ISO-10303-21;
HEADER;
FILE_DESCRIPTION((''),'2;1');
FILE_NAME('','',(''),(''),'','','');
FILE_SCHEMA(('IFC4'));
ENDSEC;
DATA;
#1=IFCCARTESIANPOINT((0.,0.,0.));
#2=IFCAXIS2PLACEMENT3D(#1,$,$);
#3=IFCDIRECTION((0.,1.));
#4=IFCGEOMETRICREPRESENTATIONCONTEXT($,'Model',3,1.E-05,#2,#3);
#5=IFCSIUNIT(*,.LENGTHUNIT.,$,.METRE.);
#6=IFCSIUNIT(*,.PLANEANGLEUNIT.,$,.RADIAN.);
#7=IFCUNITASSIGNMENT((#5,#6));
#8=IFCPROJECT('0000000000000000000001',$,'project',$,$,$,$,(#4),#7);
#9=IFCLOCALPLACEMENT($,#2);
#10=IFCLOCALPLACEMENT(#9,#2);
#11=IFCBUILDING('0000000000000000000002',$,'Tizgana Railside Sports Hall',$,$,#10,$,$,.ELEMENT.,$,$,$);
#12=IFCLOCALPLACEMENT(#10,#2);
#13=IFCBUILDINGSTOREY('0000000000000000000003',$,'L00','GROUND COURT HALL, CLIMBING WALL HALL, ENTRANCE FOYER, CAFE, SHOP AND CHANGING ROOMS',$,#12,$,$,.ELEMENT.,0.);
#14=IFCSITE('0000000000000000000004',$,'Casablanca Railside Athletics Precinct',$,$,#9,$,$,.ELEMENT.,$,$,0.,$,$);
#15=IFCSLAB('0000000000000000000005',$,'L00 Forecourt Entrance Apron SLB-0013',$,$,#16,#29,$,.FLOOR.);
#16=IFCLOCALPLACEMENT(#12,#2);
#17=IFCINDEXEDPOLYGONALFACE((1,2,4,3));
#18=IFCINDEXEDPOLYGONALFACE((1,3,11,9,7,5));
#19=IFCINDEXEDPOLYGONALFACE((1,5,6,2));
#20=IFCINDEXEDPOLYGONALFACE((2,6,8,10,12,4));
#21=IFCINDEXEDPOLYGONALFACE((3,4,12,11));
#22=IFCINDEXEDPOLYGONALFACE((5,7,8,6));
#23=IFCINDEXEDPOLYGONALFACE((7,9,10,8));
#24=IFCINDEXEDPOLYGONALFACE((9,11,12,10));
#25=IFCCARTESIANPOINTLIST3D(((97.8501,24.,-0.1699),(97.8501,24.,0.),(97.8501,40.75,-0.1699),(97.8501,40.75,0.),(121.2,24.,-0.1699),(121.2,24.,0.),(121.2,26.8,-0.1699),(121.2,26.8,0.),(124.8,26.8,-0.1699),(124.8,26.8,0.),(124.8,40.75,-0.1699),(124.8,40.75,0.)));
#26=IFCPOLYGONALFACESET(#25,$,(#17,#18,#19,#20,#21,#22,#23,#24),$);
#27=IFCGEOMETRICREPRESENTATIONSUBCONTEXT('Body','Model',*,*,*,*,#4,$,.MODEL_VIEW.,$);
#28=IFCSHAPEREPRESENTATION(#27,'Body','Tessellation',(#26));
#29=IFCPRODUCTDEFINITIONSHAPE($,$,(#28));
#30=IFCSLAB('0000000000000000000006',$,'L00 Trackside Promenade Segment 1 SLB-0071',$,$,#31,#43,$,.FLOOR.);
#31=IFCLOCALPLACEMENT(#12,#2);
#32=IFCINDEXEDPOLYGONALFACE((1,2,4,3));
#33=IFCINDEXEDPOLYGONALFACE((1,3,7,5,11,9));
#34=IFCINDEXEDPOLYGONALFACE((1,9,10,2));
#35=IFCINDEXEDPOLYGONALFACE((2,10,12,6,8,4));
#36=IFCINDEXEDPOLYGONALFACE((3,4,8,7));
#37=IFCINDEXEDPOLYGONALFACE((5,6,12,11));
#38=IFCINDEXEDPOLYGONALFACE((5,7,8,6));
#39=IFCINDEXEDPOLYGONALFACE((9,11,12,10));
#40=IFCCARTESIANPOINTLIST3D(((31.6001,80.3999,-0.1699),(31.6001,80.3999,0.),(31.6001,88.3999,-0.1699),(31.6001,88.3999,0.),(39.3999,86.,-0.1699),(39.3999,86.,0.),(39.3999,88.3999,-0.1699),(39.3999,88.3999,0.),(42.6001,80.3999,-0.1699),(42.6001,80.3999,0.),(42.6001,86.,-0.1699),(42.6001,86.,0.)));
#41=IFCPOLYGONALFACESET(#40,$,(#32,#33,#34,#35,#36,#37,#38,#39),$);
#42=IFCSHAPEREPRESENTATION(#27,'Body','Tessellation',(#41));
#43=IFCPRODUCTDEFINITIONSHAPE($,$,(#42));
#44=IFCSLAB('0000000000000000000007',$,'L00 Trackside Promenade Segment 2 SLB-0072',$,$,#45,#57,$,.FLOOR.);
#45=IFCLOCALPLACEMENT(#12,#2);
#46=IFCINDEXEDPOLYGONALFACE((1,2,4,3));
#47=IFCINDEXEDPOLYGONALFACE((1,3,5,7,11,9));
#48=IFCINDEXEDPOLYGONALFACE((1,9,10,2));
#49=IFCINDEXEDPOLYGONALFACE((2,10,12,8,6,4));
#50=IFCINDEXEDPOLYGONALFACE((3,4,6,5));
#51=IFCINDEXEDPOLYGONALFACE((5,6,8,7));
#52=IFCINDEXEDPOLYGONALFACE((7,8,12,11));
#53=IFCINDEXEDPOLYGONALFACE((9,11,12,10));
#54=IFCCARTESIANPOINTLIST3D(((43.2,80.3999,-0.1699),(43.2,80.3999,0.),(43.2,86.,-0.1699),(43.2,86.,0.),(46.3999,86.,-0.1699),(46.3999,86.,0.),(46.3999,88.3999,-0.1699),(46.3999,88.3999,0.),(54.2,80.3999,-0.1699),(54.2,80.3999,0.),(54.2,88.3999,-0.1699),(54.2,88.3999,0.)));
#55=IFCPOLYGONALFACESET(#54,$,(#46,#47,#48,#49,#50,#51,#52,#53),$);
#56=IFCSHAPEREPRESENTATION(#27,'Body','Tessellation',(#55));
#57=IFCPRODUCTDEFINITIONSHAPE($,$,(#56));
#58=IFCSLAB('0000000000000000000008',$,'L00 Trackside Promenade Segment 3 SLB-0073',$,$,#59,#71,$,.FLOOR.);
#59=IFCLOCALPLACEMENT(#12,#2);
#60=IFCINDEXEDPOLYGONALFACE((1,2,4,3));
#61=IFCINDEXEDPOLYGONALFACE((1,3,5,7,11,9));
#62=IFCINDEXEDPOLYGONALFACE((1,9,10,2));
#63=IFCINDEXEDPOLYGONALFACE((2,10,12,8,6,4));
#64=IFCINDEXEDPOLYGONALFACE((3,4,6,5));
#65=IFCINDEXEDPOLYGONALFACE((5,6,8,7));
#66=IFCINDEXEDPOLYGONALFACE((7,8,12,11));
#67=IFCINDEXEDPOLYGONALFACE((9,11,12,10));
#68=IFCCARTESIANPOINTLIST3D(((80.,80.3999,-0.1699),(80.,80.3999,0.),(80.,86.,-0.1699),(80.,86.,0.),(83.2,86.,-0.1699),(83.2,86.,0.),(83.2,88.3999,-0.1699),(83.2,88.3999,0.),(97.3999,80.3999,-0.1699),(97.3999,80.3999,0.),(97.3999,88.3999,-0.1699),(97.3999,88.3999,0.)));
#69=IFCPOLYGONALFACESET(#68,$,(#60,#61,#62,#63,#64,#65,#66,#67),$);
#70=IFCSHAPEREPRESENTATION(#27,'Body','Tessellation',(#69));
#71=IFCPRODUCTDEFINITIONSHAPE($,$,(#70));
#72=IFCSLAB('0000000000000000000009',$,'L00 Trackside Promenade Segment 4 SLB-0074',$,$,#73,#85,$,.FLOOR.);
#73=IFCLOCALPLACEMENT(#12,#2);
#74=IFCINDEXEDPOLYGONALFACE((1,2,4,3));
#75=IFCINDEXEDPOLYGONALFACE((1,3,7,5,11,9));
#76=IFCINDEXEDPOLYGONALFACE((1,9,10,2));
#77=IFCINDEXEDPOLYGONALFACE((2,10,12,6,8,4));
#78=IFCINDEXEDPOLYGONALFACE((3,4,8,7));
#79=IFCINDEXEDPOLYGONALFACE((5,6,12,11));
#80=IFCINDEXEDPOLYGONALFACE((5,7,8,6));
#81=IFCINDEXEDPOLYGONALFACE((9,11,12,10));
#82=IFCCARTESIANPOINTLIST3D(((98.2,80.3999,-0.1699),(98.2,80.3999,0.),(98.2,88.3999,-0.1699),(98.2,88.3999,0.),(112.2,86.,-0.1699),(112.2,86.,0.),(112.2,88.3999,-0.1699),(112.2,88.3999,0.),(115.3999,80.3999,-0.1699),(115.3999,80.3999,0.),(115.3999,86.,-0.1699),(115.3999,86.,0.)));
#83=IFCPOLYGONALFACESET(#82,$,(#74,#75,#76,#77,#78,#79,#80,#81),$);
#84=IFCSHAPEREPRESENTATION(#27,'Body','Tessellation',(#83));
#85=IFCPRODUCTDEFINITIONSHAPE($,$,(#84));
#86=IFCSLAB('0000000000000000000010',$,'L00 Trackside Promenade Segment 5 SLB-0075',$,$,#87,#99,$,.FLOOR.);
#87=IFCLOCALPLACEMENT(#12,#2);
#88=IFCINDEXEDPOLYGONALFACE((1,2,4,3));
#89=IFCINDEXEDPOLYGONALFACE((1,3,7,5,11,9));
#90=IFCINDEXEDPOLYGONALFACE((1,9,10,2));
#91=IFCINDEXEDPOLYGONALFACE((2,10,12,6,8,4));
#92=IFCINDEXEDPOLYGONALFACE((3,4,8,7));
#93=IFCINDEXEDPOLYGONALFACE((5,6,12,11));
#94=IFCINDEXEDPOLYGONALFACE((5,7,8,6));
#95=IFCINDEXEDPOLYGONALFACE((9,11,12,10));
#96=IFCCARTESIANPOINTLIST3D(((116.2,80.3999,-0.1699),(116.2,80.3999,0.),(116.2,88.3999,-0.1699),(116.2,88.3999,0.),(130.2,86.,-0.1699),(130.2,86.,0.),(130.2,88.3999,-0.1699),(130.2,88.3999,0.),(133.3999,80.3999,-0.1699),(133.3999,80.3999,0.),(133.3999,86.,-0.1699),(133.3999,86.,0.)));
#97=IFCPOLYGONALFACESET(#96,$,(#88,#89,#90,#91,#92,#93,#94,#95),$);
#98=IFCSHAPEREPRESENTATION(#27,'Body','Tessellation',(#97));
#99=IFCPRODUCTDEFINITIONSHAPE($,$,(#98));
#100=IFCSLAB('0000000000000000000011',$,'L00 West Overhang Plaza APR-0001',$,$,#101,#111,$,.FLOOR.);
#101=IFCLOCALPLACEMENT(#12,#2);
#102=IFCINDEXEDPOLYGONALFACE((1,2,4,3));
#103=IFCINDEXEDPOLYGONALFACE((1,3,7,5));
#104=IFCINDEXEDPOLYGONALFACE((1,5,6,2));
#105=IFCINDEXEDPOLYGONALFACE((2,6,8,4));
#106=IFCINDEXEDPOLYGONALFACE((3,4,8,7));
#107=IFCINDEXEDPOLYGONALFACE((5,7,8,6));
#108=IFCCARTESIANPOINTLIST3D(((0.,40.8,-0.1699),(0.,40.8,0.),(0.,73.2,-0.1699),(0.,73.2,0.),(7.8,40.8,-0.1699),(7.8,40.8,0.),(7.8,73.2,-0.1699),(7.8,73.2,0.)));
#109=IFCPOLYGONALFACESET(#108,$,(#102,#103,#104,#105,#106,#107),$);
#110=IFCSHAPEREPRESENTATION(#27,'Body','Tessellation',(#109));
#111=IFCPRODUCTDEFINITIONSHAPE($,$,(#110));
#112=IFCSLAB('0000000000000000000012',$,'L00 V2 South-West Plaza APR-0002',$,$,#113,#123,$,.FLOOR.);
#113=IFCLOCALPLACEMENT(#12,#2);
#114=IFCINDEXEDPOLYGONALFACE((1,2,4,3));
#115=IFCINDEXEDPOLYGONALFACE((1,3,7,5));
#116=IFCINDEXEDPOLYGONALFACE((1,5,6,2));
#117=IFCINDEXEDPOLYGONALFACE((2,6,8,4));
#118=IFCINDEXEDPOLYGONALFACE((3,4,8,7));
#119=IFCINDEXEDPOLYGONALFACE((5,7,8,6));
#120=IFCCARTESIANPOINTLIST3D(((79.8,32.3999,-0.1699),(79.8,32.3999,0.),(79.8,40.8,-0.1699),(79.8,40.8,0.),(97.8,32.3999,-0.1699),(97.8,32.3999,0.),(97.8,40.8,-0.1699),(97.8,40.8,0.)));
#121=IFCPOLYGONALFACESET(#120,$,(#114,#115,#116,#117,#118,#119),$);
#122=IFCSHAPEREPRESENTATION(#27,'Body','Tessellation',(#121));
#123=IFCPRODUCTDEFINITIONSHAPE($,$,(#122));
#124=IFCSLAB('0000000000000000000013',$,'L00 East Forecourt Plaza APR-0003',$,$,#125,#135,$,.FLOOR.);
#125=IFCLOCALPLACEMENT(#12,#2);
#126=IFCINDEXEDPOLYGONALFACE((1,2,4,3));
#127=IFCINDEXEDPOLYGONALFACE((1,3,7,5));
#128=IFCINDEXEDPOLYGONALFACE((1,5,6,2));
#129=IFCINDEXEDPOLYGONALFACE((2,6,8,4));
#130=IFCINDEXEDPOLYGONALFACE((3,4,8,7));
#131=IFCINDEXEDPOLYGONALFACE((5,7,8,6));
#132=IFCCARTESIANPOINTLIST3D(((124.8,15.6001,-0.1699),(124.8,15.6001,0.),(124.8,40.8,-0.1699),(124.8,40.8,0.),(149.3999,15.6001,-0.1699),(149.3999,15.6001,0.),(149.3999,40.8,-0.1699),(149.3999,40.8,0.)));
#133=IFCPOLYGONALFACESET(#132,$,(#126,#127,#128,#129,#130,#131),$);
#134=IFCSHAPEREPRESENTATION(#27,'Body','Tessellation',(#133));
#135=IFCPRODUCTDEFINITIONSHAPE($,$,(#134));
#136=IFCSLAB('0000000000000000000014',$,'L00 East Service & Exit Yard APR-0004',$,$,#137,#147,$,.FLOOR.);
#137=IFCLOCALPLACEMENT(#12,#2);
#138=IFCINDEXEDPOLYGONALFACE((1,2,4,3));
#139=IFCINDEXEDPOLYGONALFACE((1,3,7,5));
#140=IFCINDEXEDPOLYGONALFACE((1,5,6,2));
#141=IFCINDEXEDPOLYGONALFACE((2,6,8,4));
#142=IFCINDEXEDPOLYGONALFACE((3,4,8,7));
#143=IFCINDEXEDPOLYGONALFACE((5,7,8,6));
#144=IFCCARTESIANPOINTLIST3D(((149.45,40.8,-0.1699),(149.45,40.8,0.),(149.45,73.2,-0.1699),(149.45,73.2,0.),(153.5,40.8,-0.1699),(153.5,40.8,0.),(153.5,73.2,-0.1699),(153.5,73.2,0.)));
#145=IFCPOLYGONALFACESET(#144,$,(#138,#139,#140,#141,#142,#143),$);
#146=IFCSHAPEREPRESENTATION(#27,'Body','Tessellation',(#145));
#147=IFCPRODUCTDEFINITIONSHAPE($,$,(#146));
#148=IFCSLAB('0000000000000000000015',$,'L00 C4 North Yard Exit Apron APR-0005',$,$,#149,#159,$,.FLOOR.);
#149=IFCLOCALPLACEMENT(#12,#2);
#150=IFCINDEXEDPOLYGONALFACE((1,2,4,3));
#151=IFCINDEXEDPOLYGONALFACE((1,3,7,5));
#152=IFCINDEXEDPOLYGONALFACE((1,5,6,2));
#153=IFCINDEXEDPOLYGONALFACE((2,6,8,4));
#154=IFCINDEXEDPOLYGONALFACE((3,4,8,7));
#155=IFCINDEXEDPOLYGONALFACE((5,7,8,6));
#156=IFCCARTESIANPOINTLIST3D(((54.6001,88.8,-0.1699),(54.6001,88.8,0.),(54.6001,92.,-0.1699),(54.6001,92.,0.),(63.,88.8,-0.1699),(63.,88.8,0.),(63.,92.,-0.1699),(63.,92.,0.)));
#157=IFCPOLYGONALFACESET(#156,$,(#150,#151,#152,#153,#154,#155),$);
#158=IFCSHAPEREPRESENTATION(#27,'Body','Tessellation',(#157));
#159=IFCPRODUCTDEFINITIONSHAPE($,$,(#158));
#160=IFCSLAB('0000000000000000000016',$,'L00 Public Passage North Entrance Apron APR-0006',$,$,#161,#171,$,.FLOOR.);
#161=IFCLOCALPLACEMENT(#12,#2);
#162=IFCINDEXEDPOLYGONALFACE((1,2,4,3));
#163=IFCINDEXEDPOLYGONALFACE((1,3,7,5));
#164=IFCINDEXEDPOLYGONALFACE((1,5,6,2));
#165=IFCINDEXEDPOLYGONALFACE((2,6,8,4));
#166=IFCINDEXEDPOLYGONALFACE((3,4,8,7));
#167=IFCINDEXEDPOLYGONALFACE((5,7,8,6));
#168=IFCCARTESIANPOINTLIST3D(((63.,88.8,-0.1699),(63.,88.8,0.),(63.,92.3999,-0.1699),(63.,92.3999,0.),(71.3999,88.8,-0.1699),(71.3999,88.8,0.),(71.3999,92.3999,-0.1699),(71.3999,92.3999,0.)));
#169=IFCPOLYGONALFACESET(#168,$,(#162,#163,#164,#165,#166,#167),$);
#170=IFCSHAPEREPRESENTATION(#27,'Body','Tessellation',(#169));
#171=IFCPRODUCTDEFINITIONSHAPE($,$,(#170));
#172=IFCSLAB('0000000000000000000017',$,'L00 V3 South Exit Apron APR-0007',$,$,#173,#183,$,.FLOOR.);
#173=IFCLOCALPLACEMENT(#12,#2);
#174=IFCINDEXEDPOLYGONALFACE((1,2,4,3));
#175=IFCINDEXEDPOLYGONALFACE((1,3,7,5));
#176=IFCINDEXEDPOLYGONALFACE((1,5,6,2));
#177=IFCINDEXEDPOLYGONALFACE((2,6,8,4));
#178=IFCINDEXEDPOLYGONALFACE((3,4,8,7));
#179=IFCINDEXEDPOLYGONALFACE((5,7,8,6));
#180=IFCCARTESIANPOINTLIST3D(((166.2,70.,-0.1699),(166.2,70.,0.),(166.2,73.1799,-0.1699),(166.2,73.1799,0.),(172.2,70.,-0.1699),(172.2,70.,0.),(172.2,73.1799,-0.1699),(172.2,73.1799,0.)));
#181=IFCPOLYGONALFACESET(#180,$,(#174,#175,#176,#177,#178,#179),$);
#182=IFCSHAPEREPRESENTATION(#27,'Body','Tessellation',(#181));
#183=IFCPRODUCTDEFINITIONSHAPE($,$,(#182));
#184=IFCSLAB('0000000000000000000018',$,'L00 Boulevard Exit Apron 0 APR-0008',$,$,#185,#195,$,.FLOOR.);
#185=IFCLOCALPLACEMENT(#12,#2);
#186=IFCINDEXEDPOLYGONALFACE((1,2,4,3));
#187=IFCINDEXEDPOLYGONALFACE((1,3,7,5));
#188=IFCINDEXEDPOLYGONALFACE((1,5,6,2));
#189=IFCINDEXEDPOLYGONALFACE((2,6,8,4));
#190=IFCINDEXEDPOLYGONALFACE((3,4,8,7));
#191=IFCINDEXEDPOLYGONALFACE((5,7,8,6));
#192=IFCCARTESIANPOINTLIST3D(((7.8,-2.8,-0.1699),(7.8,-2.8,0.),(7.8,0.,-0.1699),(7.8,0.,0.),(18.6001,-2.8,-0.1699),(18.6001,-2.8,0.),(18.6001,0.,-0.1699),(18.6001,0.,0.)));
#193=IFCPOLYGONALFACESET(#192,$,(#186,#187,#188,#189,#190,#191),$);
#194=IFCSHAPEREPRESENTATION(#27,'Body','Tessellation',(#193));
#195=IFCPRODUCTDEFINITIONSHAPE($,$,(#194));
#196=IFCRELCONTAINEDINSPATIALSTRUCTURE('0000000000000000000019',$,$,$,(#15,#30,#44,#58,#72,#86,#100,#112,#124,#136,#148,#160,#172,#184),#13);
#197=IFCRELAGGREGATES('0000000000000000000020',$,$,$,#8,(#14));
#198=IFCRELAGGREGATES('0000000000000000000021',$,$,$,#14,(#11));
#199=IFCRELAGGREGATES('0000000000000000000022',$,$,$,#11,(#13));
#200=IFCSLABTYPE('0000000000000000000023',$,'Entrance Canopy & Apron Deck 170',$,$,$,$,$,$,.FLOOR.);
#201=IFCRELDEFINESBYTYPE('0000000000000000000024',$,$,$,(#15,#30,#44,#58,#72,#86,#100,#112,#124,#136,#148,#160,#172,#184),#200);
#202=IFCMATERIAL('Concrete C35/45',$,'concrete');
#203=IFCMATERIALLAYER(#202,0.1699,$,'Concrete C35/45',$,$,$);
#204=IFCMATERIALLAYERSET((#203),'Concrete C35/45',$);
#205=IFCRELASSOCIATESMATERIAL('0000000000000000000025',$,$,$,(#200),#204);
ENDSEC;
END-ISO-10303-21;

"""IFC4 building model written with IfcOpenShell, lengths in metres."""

from ifc_helpers import new_model, si_unit, direction, frame, origin, place, context, subcontext, project, spatial, polyline, outline, extrude, material, layer, layer_set, type_object, element, save


model = new_model("IFC4")

# Units and contexts
model_context = context("Model", 3, precision=1e-05, world=origin(), true_north=direction((0.0, 1.0)))
body_context = subcontext(model_context, "Body", "Model", "MODEL_VIEW")
ifc_project = project(units=[si_unit("LENGTHUNIT", "METRE"), si_unit("PLANEANGLEUNIT", "RADIAN")], contexts=[model_context])

# Site, building, storey
site_placement = place(None, origin())
site = spatial("IfcSite", under=ifc_project, at=site_placement, Name="Casablanca Railside Athletics Precinct", CompositionType="ELEMENT", RefElevation=0.0)
building_placement = place(site_placement, origin())
building = spatial("IfcBuilding", under=site, at=building_placement, Name="Tizgana Railside Sports Hall", CompositionType="ELEMENT")
storey_placement = place(building_placement, origin())
storey = spatial("IfcBuildingStorey", under=building, at=storey_placement, Name="L00", Description="GROUND COURT HALL, CLIMBING WALL HALL, ENTRANCE FOYER, CAFE, SHOP AND CHANGING ROOMS", CompositionType="ELEMENT", Elevation=0.0)

# Slabs
ifc_material = material(Name="Concrete C35/45", Category="concrete")
ifc_layer_1 = layer(ifc_material, 0.1699, Name="Concrete C35/45")
ifc_layer_set_1 = layer_set([ifc_layer_1], Name="Concrete C35/45")
slab_type_1 = type_object("IfcSlabType", Name="Entrance Canopy & Apron Deck 170", PredefinedType="FLOOR", material=ifc_layer_set_1)
slab_1_placement = place(storey_placement, frame((0.0, 0.0, -0.1699)))
element("IfcSlab", 1, at=slab_1_placement, inside=storey, type_object=slab_type_1, Name="L00 Forecourt Entrance Apron SLB-0013", PredefinedType="FLOOR", context=body_context, shape_type="SweptSolid", body=[
    extrude(outline(polyline([(97.8501, 24.0), (121.2, 24.0), (121.2, 26.8), (124.8, 26.8), (124.8, 40.75), (97.8501, 40.75), (97.8501, 24.0)])), origin(), (0.0, 0.0, 1.0), 0.1699),
])
slab_2_placement = place(storey_placement, frame((0.0, 0.0, -0.1699)))
element("IfcSlab", 2, at=slab_2_placement, inside=storey, type_object=slab_type_1, Name="L00 Trackside Promenade Segment 1 SLB-0071", PredefinedType="FLOOR", context=body_context, shape_type="SweptSolid", body=[
    extrude(outline(polyline([(31.6001, 80.3999), (42.6001, 80.3999), (42.6001, 86.0), (39.3999, 86.0), (39.3999, 88.3999), (31.6001, 88.3999), (31.6001, 80.3999)])), origin(), (0.0, 0.0, 1.0), 0.1699),
])
slab_3_placement = place(storey_placement, frame((0.0, 0.0, -0.1699)))
element("IfcSlab", 3, at=slab_3_placement, inside=storey, type_object=slab_type_1, Name="L00 Trackside Promenade Segment 2 SLB-0072", PredefinedType="FLOOR", context=body_context, shape_type="SweptSolid", body=[
    extrude(outline(polyline([(43.2, 80.3999), (54.2, 80.3999), (54.2, 88.3999), (46.3999, 88.3999), (46.3999, 86.0), (43.2, 86.0), (43.2, 80.3999)])), origin(), (0.0, 0.0, 1.0), 0.1699),
])
slab_4_placement = place(storey_placement, frame((0.0, 0.0, -0.1699)))
element("IfcSlab", 4, at=slab_4_placement, inside=storey, type_object=slab_type_1, Name="L00 Trackside Promenade Segment 3 SLB-0073", PredefinedType="FLOOR", context=body_context, shape_type="SweptSolid", body=[
    extrude(outline(polyline([(80.0, 80.3999), (97.3999, 80.3999), (97.3999, 88.3999), (83.2, 88.3999), (83.2, 86.0), (80.0, 86.0), (80.0, 80.3999)])), origin(), (0.0, 0.0, 1.0), 0.1699),
])
slab_5_placement = place(storey_placement, frame((0.0, 0.0, -0.1699)))
element("IfcSlab", 5, at=slab_5_placement, inside=storey, type_object=slab_type_1, Name="L00 Trackside Promenade Segment 4 SLB-0074", PredefinedType="FLOOR", context=body_context, shape_type="SweptSolid", body=[
    extrude(outline(polyline([(98.2, 80.3999), (115.3999, 80.3999), (115.3999, 86.0), (112.2, 86.0), (112.2, 88.3999), (98.2, 88.3999), (98.2, 80.3999)])), origin(), (0.0, 0.0, 1.0), 0.1699),
])
slab_6_placement = place(storey_placement, frame((0.0, 0.0, -0.1699)))
element("IfcSlab", 6, at=slab_6_placement, inside=storey, type_object=slab_type_1, Name="L00 Trackside Promenade Segment 5 SLB-0075", PredefinedType="FLOOR", context=body_context, shape_type="SweptSolid", body=[
    extrude(outline(polyline([(116.2, 80.3999), (133.3999, 80.3999), (133.3999, 86.0), (130.2, 86.0), (130.2, 88.3999), (116.2, 88.3999), (116.2, 80.3999)])), origin(), (0.0, 0.0, 1.0), 0.1699),
])
slab_7_placement = place(storey_placement, frame((0.0, 0.0, -0.1699)))
element("IfcSlab", 7, at=slab_7_placement, inside=storey, type_object=slab_type_1, Name="L00 West Overhang Plaza APR-0001", PredefinedType="FLOOR", context=body_context, shape_type="SweptSolid", body=[
    extrude(outline(polyline([(0.0, 40.8), (7.8, 40.8), (7.8, 73.2), (0.0, 73.2), (0.0, 40.8)])), origin(), (0.0, 0.0, 1.0), 0.1699),
])
slab_8_placement = place(storey_placement, frame((0.0, 0.0, -0.1699)))
element("IfcSlab", 8, at=slab_8_placement, inside=storey, type_object=slab_type_1, Name="L00 V2 South-West Plaza APR-0002", PredefinedType="FLOOR", context=body_context, shape_type="SweptSolid", body=[
    extrude(outline(polyline([(79.8, 32.3999), (97.8, 32.3999), (97.8, 40.8), (79.8, 40.8), (79.8, 32.3999)])), origin(), (0.0, 0.0, 1.0), 0.1699),
])
slab_9_placement = place(storey_placement, frame((0.0, 0.0, -0.1699)))
element("IfcSlab", 9, at=slab_9_placement, inside=storey, type_object=slab_type_1, Name="L00 East Forecourt Plaza APR-0003", PredefinedType="FLOOR", context=body_context, shape_type="SweptSolid", body=[
    extrude(outline(polyline([(124.8, 15.6001), (149.3999, 15.6001), (149.3999, 40.8), (124.8, 40.8), (124.8, 15.6001)])), origin(), (0.0, 0.0, 1.0), 0.1699),
])
slab_10_placement = place(storey_placement, frame((0.0, 0.0, -0.1699)))
element("IfcSlab", 10, at=slab_10_placement, inside=storey, type_object=slab_type_1, Name="L00 East Service & Exit Yard APR-0004", PredefinedType="FLOOR", context=body_context, shape_type="SweptSolid", body=[
    extrude(outline(polyline([(149.45, 40.8), (153.5, 40.8), (153.5, 73.2), (149.45, 73.2), (149.45, 40.8)])), origin(), (0.0, 0.0, 1.0), 0.1699),
])
slab_11_placement = place(storey_placement, frame((0.0, 0.0, -0.1699)))
element("IfcSlab", 11, at=slab_11_placement, inside=storey, type_object=slab_type_1, Name="L00 C4 North Yard Exit Apron APR-0005", PredefinedType="FLOOR", context=body_context, shape_type="SweptSolid", body=[
    extrude(outline(polyline([(54.6001, 88.8), (63.0, 88.8), (63.0, 92.0), (54.6001, 92.0), (54.6001, 88.8)])), origin(), (0.0, 0.0, 1.0), 0.1699),
])
slab_12_placement = place(storey_placement, frame((0.0, 0.0, -0.1699)))
element("IfcSlab", 12, at=slab_12_placement, inside=storey, type_object=slab_type_1, Name="L00 Public Passage North Entrance Apron APR-0006", PredefinedType="FLOOR", context=body_context, shape_type="SweptSolid", body=[
    extrude(outline(polyline([(63.0, 88.8), (71.3999, 88.8), (71.3999, 92.3999), (63.0, 92.3999), (63.0, 88.8)])), origin(), (0.0, 0.0, 1.0), 0.1699),
])
slab_13_placement = place(storey_placement, frame((0.0, 0.0, -0.1699)))
element("IfcSlab", 13, at=slab_13_placement, inside=storey, type_object=slab_type_1, Name="L00 V3 South Exit Apron APR-0007", PredefinedType="FLOOR", context=body_context, shape_type="SweptSolid", body=[
    extrude(outline(polyline([(166.2, 70.0), (172.2, 70.0), (172.2, 73.1799), (166.2, 73.1799), (166.2, 70.0)])), origin(), (0.0, 0.0, 1.0), 0.1699),
])
slab_14_placement = place(storey_placement, frame((0.0, 0.0, -0.1699)))
element("IfcSlab", 14, at=slab_14_placement, inside=storey, type_object=slab_type_1, Name="L00 Boulevard Exit Apron 0 APR-0008", PredefinedType="FLOOR", context=body_context, shape_type="SweptSolid", body=[
    extrude(outline(polyline([(7.8, -2.8), (18.6001, -2.8), (18.6001, 0.0), (7.8, 0.0), (7.8, -2.8)])), origin(), (0.0, 0.0, 1.0), 0.1699),
])

save(model, "model.ifc")
